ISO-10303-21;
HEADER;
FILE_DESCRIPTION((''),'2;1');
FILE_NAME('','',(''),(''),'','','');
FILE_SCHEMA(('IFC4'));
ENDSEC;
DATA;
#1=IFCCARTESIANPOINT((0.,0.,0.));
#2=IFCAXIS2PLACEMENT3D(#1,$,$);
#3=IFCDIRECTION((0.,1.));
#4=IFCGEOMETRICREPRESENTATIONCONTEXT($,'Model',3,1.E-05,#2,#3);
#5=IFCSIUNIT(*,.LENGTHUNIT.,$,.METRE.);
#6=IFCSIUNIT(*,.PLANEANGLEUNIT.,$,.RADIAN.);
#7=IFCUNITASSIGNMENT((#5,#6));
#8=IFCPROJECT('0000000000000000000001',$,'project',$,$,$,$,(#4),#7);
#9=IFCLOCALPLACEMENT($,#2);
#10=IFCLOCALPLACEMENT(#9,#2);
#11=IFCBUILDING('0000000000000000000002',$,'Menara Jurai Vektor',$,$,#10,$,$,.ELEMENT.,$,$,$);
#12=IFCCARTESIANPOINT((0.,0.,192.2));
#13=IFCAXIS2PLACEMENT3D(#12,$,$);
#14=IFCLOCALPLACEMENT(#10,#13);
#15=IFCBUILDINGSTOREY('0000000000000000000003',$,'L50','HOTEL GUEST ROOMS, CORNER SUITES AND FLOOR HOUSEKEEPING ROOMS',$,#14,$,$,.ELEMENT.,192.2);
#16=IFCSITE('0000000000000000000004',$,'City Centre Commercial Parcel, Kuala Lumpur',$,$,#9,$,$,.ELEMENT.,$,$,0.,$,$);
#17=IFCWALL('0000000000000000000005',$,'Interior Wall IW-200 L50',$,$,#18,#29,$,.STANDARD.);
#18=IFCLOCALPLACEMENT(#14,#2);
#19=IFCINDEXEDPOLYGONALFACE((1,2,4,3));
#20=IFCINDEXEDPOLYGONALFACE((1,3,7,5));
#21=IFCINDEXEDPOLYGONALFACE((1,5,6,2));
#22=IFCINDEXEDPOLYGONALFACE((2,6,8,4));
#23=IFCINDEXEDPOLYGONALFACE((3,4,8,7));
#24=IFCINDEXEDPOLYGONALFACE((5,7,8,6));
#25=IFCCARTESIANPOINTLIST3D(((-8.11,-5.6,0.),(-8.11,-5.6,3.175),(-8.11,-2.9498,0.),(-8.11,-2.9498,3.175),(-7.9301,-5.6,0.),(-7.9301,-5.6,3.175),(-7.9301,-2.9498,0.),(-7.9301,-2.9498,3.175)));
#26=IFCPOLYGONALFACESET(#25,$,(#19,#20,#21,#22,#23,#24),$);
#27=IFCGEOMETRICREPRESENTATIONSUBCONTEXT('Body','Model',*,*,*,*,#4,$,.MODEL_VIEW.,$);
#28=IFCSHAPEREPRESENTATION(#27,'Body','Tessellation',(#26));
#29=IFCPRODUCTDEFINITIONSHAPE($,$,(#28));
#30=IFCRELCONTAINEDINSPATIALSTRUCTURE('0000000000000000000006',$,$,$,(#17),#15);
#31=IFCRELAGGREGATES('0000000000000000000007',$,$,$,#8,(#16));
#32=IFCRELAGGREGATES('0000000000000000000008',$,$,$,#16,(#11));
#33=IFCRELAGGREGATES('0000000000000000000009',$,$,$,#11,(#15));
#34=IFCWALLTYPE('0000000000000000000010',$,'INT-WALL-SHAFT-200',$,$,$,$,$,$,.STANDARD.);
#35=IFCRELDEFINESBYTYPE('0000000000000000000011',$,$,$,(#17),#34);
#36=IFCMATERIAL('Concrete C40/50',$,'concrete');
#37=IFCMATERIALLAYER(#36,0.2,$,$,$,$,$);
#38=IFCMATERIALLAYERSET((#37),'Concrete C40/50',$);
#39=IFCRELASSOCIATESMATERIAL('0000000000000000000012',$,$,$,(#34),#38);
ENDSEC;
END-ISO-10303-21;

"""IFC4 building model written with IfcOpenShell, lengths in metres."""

from ifc_helpers import new_model, si_unit, direction, frame, frame_2d, origin, place, context, subcontext, project, spatial, rectangle, extrude, material, layer, layer_set, type_object, element, save


model = new_model("IFC4")

# Units and contexts
model_context = context("Model", 3, precision=1e-05, world=origin(), true_north=direction((0.0, 1.0)))
body_context = subcontext(model_context, "Body", "Model", "MODEL_VIEW")
ifc_project = project(units=[si_unit("LENGTHUNIT", "METRE"), si_unit("PLANEANGLEUNIT", "RADIAN")], contexts=[model_context])

# Site, building, storey
site_placement = place(None, origin())
site = spatial("IfcSite", under=ifc_project, at=site_placement, Name="City Centre Commercial Parcel, Kuala Lumpur", CompositionType="ELEMENT", RefElevation=0.0)
building_placement = place(site_placement, origin())
building = spatial("IfcBuilding", under=site, at=building_placement, Name="Menara Jurai Vektor", CompositionType="ELEMENT")
storey_placement = place(building_placement, frame((0.0, 0.0, 192.2)))
storey = spatial("IfcBuildingStorey", under=building, at=storey_placement, Name="L50", Description="HOTEL GUEST ROOMS, CORNER SUITES AND FLOOR HOUSEKEEPING ROOMS", CompositionType="ELEMENT", Elevation=192.2)

# Shared definitions
ifc_material_1 = material(Name="Concrete C40/50", Category="concrete")

# Shared definitions
ifc_layer_1 = layer(ifc_material_1, 0.2)
ifc_layer_set_1 = layer_set([ifc_layer_1], Name="Concrete C40/50")
wall_type_1 = type_object("IfcWallType", Name="INT-WALL-SHAFT-200", PredefinedType="STANDARD", material=ifc_layer_set_1)

# Wall
wall_1_placement = place(storey_placement, frame((-8.02, -5.6001, 0.0), z_axis=(0.0, 0.0, 1.0), x_axis=(0.0, 1.0, 0.0)))
element("IfcWall", 1, at=wall_1_placement, inside=storey, type_object=wall_type_1, Name="Interior Wall IW-200 L50", PredefinedType="STANDARD", context=body_context, shape_type="SweptSolid", body=[
    extrude(rectangle(XDim=2.6501, YDim=0.1799, at=frame_2d((1.3252, 0.0))), origin(), (0.0, 0.0, 1.0), 3.175),
])

save(model, "model.ifc")
